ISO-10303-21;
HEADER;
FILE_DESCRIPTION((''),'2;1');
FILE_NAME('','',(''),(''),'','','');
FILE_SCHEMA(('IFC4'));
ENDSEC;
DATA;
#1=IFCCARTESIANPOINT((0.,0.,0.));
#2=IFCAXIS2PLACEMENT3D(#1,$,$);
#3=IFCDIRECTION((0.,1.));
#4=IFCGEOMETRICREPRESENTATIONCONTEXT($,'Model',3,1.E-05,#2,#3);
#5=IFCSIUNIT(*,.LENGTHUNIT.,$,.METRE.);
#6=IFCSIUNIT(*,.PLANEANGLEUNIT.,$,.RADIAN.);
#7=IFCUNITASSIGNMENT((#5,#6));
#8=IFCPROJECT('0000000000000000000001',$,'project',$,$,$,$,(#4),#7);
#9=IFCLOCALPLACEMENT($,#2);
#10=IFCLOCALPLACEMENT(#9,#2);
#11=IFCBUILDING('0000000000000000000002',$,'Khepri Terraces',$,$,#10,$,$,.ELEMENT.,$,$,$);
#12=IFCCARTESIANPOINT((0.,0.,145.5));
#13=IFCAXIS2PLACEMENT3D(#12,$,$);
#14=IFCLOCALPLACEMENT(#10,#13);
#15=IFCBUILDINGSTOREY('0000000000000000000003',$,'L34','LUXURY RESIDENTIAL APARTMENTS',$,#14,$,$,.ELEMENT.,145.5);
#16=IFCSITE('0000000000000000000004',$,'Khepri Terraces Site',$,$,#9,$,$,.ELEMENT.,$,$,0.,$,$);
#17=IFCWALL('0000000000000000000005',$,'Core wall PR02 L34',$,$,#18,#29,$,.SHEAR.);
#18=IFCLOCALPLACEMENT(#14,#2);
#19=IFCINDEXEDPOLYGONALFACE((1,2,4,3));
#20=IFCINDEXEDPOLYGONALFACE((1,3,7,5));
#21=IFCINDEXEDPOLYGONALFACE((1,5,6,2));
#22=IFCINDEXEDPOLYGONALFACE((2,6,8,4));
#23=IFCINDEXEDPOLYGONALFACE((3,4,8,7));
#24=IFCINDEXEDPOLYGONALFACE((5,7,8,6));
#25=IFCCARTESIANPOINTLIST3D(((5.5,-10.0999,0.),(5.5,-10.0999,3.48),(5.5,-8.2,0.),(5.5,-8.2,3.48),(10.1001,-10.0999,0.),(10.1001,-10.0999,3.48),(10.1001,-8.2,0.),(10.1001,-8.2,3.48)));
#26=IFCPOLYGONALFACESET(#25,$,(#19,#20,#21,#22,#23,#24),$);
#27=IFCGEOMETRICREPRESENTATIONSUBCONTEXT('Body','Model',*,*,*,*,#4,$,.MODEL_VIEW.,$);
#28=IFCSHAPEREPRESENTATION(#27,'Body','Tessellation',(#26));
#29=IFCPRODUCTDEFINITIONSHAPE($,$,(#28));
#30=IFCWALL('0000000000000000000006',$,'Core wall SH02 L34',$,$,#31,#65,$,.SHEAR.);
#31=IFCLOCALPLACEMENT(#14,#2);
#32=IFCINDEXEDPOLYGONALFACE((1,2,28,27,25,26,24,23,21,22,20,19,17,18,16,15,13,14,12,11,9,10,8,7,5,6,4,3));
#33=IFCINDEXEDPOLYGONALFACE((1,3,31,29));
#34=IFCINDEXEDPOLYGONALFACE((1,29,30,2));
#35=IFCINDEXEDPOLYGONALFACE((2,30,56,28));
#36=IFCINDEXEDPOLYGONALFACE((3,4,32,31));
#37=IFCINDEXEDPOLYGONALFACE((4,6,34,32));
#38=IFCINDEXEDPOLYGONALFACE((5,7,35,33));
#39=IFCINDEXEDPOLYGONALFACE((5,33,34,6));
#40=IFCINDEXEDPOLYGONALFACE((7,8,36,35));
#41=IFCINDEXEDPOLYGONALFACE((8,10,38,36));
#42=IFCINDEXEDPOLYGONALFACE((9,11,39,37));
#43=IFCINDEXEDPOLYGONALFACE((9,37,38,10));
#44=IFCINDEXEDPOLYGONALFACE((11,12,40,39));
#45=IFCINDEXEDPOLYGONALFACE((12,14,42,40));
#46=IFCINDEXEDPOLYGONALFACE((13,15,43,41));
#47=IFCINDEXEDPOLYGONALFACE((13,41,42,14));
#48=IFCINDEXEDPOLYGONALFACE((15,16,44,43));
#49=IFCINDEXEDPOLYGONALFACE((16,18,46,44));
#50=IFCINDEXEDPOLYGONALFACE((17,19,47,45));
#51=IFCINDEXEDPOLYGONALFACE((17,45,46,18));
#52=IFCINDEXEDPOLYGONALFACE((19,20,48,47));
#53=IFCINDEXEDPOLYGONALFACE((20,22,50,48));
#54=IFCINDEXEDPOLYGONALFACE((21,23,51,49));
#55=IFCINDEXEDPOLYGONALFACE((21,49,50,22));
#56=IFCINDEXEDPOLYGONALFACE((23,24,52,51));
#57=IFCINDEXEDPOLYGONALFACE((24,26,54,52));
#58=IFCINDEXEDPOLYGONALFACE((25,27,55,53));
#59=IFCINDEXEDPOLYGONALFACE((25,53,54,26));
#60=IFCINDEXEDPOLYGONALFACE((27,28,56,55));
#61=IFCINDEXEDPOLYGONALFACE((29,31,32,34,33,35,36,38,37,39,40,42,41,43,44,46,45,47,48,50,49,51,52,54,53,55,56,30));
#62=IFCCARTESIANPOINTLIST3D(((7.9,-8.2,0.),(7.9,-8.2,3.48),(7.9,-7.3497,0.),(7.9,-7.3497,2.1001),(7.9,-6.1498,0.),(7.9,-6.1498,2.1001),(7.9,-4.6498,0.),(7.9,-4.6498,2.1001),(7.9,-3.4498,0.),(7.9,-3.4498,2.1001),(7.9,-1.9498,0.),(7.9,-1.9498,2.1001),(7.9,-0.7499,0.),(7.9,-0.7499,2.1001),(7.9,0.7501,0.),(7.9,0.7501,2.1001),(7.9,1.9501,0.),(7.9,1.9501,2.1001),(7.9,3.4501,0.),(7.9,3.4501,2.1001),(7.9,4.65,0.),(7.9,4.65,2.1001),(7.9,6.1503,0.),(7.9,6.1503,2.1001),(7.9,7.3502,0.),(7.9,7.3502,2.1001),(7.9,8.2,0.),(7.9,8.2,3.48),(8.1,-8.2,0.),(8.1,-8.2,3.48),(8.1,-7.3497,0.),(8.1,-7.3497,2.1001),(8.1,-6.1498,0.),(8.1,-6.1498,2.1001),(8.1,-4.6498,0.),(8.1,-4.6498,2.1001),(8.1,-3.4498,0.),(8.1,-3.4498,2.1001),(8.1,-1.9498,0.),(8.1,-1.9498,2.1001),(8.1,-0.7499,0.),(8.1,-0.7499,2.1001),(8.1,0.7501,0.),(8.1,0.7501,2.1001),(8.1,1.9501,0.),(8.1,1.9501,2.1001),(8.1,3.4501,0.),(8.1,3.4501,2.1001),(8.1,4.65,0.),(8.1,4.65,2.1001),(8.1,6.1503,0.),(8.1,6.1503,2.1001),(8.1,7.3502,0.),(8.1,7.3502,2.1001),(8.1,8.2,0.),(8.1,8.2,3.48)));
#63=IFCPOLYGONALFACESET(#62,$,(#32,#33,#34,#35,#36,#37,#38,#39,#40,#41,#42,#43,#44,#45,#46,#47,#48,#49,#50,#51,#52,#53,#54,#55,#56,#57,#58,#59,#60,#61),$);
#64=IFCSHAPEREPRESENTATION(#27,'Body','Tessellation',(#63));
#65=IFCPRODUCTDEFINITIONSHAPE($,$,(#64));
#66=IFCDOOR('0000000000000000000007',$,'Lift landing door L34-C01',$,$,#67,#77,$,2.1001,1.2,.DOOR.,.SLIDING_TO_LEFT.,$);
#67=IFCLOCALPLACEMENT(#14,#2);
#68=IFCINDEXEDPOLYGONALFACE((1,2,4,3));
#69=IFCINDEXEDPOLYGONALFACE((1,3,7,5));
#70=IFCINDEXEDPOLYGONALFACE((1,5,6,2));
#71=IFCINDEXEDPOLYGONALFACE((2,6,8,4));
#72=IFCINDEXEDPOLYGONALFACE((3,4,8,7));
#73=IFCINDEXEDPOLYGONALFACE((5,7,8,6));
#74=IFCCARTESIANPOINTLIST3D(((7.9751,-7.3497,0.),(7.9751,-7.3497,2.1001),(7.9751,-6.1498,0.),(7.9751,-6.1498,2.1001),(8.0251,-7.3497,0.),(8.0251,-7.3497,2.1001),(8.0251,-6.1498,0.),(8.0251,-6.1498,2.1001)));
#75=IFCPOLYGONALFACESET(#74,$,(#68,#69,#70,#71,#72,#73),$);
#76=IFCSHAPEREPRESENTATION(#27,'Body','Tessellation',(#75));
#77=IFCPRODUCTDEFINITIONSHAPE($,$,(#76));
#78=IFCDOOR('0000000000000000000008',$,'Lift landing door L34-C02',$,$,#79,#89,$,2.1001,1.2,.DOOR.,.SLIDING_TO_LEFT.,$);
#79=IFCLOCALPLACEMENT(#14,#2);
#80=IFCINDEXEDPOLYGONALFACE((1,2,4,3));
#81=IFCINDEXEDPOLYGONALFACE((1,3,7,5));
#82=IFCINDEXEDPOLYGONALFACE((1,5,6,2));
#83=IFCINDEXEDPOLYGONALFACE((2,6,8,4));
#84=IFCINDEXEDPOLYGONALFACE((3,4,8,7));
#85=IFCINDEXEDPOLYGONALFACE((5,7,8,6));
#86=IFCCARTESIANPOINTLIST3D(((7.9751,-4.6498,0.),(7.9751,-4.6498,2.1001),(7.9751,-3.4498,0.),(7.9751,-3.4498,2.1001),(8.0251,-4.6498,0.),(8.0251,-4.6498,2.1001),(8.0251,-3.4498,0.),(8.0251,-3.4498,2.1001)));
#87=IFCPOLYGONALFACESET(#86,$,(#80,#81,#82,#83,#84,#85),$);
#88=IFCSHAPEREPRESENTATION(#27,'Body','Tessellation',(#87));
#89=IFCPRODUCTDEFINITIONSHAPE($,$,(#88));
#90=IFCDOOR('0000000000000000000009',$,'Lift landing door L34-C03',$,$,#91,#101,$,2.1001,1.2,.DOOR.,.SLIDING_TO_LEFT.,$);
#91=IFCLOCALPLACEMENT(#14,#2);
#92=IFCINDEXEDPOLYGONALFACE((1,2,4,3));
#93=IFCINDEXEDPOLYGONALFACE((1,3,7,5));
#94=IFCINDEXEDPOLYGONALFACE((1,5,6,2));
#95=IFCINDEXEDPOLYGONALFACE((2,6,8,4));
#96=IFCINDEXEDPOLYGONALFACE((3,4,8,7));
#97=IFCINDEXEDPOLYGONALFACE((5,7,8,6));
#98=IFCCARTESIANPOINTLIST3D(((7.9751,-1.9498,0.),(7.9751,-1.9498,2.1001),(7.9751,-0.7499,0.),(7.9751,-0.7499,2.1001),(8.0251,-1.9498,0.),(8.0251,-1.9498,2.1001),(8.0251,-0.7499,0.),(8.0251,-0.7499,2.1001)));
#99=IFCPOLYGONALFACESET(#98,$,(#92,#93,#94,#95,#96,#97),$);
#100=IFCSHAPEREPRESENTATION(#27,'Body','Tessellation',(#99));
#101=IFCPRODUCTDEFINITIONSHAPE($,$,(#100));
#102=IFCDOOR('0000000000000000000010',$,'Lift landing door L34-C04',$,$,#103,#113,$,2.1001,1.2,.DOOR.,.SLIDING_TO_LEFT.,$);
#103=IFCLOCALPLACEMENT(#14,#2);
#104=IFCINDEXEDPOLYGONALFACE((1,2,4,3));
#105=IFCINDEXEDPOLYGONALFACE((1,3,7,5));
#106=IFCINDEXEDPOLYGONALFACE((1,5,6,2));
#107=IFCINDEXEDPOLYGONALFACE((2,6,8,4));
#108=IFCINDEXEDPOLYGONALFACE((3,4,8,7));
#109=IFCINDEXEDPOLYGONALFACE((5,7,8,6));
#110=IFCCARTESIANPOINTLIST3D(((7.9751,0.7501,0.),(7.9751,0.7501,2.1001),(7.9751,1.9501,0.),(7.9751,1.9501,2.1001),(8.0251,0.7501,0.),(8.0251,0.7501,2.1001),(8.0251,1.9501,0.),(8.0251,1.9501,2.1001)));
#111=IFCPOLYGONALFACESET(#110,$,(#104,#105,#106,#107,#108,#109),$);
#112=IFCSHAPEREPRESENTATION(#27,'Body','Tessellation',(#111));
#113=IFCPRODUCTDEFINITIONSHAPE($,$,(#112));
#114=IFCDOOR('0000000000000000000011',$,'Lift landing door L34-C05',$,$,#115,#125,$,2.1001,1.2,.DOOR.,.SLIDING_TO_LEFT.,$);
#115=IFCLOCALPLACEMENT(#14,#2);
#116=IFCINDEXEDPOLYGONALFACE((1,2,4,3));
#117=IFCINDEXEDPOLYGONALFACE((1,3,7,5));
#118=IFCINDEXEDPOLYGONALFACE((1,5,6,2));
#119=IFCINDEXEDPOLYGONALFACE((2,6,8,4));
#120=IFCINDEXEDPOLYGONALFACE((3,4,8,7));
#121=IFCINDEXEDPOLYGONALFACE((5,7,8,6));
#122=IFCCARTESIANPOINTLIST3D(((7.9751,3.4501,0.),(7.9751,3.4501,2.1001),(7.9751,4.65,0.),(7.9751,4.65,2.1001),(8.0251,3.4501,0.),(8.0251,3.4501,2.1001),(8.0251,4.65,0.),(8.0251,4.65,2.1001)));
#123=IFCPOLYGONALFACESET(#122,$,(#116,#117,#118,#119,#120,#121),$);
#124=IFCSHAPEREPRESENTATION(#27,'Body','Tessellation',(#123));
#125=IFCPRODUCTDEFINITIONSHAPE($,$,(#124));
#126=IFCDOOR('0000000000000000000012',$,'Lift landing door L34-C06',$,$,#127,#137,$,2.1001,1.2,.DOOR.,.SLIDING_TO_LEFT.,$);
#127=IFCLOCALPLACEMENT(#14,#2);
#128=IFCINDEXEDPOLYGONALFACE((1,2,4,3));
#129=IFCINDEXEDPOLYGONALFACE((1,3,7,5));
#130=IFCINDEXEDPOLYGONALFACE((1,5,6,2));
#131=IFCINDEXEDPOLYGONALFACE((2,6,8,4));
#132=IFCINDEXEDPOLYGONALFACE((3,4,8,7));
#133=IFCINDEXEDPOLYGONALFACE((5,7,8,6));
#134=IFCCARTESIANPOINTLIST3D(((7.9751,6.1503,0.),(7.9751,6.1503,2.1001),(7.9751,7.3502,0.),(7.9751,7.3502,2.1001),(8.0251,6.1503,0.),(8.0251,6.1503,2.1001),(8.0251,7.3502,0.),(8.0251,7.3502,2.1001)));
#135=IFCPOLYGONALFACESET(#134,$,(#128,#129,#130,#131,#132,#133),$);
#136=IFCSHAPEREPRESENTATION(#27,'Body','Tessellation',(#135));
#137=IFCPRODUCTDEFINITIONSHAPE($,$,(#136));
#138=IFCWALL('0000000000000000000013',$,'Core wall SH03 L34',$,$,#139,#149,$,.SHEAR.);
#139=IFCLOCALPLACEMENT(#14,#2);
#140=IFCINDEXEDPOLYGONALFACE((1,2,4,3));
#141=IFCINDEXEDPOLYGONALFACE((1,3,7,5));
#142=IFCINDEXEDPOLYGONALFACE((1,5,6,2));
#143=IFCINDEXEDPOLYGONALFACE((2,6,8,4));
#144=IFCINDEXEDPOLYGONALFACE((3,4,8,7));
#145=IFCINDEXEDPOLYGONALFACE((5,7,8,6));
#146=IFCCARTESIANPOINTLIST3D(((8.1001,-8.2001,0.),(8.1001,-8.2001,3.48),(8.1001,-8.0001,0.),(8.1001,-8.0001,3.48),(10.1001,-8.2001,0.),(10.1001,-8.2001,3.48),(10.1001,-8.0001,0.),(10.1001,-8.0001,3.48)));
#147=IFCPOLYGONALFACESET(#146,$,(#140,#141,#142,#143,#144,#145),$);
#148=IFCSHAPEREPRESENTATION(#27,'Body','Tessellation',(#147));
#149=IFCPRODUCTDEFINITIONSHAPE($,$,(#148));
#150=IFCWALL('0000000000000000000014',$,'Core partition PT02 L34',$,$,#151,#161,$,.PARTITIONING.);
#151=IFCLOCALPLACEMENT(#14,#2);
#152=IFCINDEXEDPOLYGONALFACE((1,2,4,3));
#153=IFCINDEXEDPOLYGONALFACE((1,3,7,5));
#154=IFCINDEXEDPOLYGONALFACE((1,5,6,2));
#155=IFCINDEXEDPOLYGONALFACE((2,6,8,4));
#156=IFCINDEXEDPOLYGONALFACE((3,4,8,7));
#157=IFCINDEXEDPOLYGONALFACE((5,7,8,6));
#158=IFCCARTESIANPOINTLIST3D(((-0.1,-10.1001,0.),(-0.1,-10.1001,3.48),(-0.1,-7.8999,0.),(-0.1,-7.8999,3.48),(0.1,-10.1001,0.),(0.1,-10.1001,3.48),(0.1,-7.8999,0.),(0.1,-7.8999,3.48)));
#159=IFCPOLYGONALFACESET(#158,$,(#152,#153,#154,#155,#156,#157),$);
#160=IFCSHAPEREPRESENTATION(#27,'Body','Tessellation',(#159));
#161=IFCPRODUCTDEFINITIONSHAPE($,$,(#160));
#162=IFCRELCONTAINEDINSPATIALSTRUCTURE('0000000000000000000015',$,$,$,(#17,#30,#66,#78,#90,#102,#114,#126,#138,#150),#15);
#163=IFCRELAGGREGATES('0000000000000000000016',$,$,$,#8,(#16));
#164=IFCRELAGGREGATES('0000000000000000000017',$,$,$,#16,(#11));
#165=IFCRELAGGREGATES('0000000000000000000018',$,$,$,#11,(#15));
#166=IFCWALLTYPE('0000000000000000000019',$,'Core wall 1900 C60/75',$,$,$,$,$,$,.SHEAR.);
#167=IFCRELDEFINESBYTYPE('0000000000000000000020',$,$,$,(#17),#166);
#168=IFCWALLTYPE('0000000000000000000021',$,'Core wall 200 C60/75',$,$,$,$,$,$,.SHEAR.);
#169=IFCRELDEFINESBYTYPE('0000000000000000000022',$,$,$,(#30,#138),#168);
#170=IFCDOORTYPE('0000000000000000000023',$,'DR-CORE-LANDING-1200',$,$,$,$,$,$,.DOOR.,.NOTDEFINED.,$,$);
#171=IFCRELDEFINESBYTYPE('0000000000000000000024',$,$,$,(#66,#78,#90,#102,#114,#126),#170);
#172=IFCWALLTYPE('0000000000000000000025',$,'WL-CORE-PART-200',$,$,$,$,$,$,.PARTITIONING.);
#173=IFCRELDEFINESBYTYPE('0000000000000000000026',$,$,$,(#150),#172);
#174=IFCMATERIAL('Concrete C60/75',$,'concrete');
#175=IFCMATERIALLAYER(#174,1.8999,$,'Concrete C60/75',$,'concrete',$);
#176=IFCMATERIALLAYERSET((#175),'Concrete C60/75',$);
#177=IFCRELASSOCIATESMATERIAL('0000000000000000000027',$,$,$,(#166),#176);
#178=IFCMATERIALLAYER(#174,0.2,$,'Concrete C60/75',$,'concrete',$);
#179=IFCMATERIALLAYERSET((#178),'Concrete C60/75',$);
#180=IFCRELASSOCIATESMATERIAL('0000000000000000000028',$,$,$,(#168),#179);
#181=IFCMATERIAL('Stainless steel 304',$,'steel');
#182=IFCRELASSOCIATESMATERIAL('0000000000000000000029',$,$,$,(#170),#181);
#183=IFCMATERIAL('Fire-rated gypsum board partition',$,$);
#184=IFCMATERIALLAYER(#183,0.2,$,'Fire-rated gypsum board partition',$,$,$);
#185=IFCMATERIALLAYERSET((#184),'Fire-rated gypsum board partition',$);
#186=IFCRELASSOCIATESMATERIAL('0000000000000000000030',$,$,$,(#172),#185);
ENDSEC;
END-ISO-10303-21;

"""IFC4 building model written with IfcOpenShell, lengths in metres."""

from ifc_helpers import new_model, si_unit, direction, frame, frame_2d, origin, place, context, subcontext, project, spatial, rectangle, extrude, material, layer, layer_set, type_object, element, fill, save


model = new_model("IFC4")

# Units and contexts
model_context = context("Model", 3, precision=1e-05, world=origin(), true_north=direction((0.0, 1.0)))
body_context = subcontext(model_context, "Body", "Model", "MODEL_VIEW")
ifc_project = project(units=[si_unit("LENGTHUNIT", "METRE"), si_unit("PLANEANGLEUNIT", "RADIAN")], contexts=[model_context])

# Site, building, storey
site_placement = place(None, origin())
site = spatial("IfcSite", under=ifc_project, at=site_placement, Name="Khepri Terraces Site", CompositionType="ELEMENT", RefElevation=0.0)
building_placement = place(site_placement, origin())
building = spatial("IfcBuilding", under=site, at=building_placement, Name="Khepri Terraces", CompositionType="ELEMENT")
storey_placement = place(building_placement, frame((0.0, 0.0, 145.5)))
storey = spatial("IfcBuildingStorey", under=building, at=storey_placement, Name="L34", Description="LUXURY RESIDENTIAL APARTMENTS", CompositionType="ELEMENT", Elevation=145.5)

# Wall
ifc_material_1 = material(Name="Concrete C60/75", Category="concrete")
ifc_layer_1 = layer(ifc_material_1, 1.8999, Name="Concrete C60/75", Category="concrete")
ifc_layer_set_1 = layer_set([ifc_layer_1], Name="Concrete C60/75")
wall_type_1 = type_object("IfcWallType", Name="Core wall 1900 C60/75", PredefinedType="SHEAR", material=ifc_layer_set_1)
wall_1_placement = place(storey_placement, frame((5.5, -9.1499, 0.0), z_axis=(0.0, 0.0, 1.0), x_axis=(1.0, 0.0, 0.0)))
element("IfcWall", 1, at=wall_1_placement, inside=storey, type_object=wall_type_1, Name="Core wall PR02 L34", PredefinedType="SHEAR", context=body_context, shape_type="SweptSolid", body=[
    extrude(rectangle(XDim=4.6001, YDim=1.8999, at=frame_2d((2.3, 0.0))), origin(), (0.0, 0.0, 1.0), 3.48),
])

# Wall, openings, doors
ifc_layer_2 = layer(ifc_material_1, 0.2, Name="Concrete C60/75", Category="concrete")
ifc_layer_set_2 = layer_set([ifc_layer_2], Name="Concrete C60/75")
wall_type_2 = type_object("IfcWallType", Name="Core wall 200 C60/75", PredefinedType="SHEAR", material=ifc_layer_set_2)
wall_2_placement = place(storey_placement, frame((8.0, -8.2, 0.0), z_axis=(0.0, 0.0, 1.0), x_axis=(0.0, 1.0, 0.0)))
wall_2 = element("IfcWall", 2, at=wall_2_placement, inside=storey, type_object=wall_type_2, Name="Core wall SH02 L34", PredefinedType="SHEAR", context=body_context, shape_type="SweptSolid", body=[
    extrude(rectangle(XDim=16.3999, YDim=0.2, at=frame_2d((8.2, 0.0))), origin(), (0.0, 0.0, 1.0), 3.48),
])
opening_1_placement = place(wall_2_placement, frame((0.8501, 0.0, 0.0)))
opening_1 = element("IfcOpeningElement", 3, at=opening_1_placement, cuts=wall_2, PredefinedType="OPENING", context=body_context, shape_type="SweptSolid", body=[
    extrude(rectangle(XDim=1.2, YDim=2.1001, at=frame_2d((0.6001, 1.05))), frame((0.0, 0.1099, 0.0), z_axis=(0.0, -1.0, 0.0), x_axis=(1.0, 0.0, 0.0)), (0.0, 0.0, 1.0), 0.22),
])
opening_2_placement = place(wall_2_placement, frame((3.55, 0.0, 0.0)))
opening_2 = element("IfcOpeningElement", 4, at=opening_2_placement, cuts=wall_2, PredefinedType="OPENING", context=body_context, shape_type="SweptSolid", body=[
    extrude(rectangle(XDim=1.2, YDim=2.1001, at=frame_2d((0.6001, 1.05))), frame((0.0, 0.1099, 0.0), z_axis=(0.0, -1.0, 0.0), x_axis=(1.0, 0.0, 0.0)), (0.0, 0.0, 1.0), 0.22),
])
opening_3_placement = place(wall_2_placement, frame((6.25, 0.0, 0.0)))
opening_3 = element("IfcOpeningElement", 5, at=opening_3_placement, cuts=wall_2, PredefinedType="OPENING", context=body_context, shape_type="SweptSolid", body=[
    extrude(rectangle(XDim=1.2, YDim=2.1001, at=frame_2d((0.6001, 1.05))), frame((0.0, 0.1099, 0.0), z_axis=(0.0, -1.0, 0.0), x_axis=(1.0, 0.0, 0.0)), (0.0, 0.0, 1.0), 0.22),
])
opening_4_placement = place(wall_2_placement, frame((8.95, 0.0, 0.0)))
opening_4 = element("IfcOpeningElement", 6, at=opening_4_placement, cuts=wall_2, PredefinedType="OPENING", context=body_context, shape_type="SweptSolid", body=[
    extrude(rectangle(XDim=1.2, YDim=2.1001, at=frame_2d((0.6001, 1.05))), frame((0.0, 0.1099, 0.0), z_axis=(0.0, -1.0, 0.0), x_axis=(1.0, 0.0, 0.0)), (0.0, 0.0, 1.0), 0.22),
])
opening_5_placement = place(wall_2_placement, frame((11.6499, 0.0, 0.0)))
opening_5 = element("IfcOpeningElement", 7, at=opening_5_placement, cuts=wall_2, PredefinedType="OPENING", context=body_context, shape_type="SweptSolid", body=[
    extrude(rectangle(XDim=1.2, YDim=2.1001, at=frame_2d((0.6001, 1.05))), frame((0.0, 0.1099, 0.0), z_axis=(0.0, -1.0, 0.0), x_axis=(1.0, 0.0, 0.0)), (0.0, 0.0, 1.0), 0.22),
])
opening_6_placement = place(wall_2_placement, frame((14.3501, 0.0, 0.0)))
opening_6 = element("IfcOpeningElement", 8, at=opening_6_placement, cuts=wall_2, PredefinedType="OPENING", context=body_context, shape_type="SweptSolid", body=[
    extrude(rectangle(XDim=1.2, YDim=2.1001, at=frame_2d((0.6001, 1.05))), frame((0.0, 0.1099, 0.0), z_axis=(0.0, -1.0, 0.0), x_axis=(1.0, 0.0, 0.0)), (0.0, 0.0, 1.0), 0.22),
])
ifc_material_2 = material(Name="Stainless steel 304", Category="steel")
door_type_1 = type_object("IfcDoorType", Name="DR-CORE-LANDING-1200", OperationType="NOTDEFINED", PredefinedType="DOOR", material=ifc_material_2)
door_1_placement = place(opening_1_placement, origin())
door_1 = element("IfcDoor", 9, at=door_1_placement, inside=storey, type_object=door_type_1, Name="Lift landing door L34-C01", OperationType="SLIDING_TO_LEFT", OverallHeight=2.1001, OverallWidth=1.2, PredefinedType="DOOR", context=body_context, shape_type="SweptSolid", body=[
    extrude(rectangle(XDim=1.2, YDim=2.1001, at=frame_2d((0.6001, 1.05))), frame((0.0, 0.0249, 0.0), z_axis=(0.0, -1.0, 0.0), x_axis=(1.0, 0.0, 0.0)), (0.0, 0.0, 1.0), 0.05),
])
fill(opening_1, door_1)
door_2_placement = place(opening_2_placement, origin())
door_2 = element("IfcDoor", 10, at=door_2_placement, inside=storey, type_object=door_type_1, Name="Lift landing door L34-C02", OperationType="SLIDING_TO_LEFT", OverallHeight=2.1001, OverallWidth=1.2, PredefinedType="DOOR", context=body_context, shape_type="SweptSolid", body=[
    extrude(rectangle(XDim=1.2, YDim=2.1001, at=frame_2d((0.6001, 1.05))), frame((0.0, 0.0249, 0.0), z_axis=(0.0, -1.0, 0.0), x_axis=(1.0, 0.0, 0.0)), (0.0, 0.0, 1.0), 0.05),
])
fill(opening_2, door_2)
door_3_placement = place(opening_3_placement, origin())
door_3 = element("IfcDoor", 11, at=door_3_placement, inside=storey, type_object=door_type_1, Name="Lift landing door L34-C03", OperationType="SLIDING_TO_LEFT", OverallHeight=2.1001, OverallWidth=1.2, PredefinedType="DOOR", context=body_context, shape_type="SweptSolid", body=[
    extrude(rectangle(XDim=1.2, YDim=2.1001, at=frame_2d((0.6001, 1.05))), frame((0.0, 0.0249, 0.0), z_axis=(0.0, -1.0, 0.0), x_axis=(1.0, 0.0, 0.0)), (0.0, 0.0, 1.0), 0.05),
])
fill(opening_3, door_3)
door_4_placement = place(opening_4_placement, origin())
door_4 = element("IfcDoor", 12, at=door_4_placement, inside=storey, type_object=door_type_1, Name="Lift landing door L34-C04", OperationType="SLIDING_TO_LEFT", OverallHeight=2.1001, OverallWidth=1.2, PredefinedType="DOOR", context=body_context, shape_type="SweptSolid", body=[
    extrude(rectangle(XDim=1.2, YDim=2.1001, at=frame_2d((0.6001, 1.05))), frame((0.0, 0.0249, 0.0), z_axis=(0.0, -1.0, 0.0), x_axis=(1.0, 0.0, 0.0)), (0.0, 0.0, 1.0), 0.05),
])
fill(opening_4, door_4)
door_5_placement = place(opening_5_placement, origin())
door_5 = element("IfcDoor", 13, at=door_5_placement, inside=storey, type_object=door_type_1, Name="Lift landing door L34-C05", OperationType="SLIDING_TO_LEFT", OverallHeight=2.1001, OverallWidth=1.2, PredefinedType="DOOR", context=body_context, shape_type="SweptSolid", body=[
    extrude(rectangle(XDim=1.2, YDim=2.1001, at=frame_2d((0.6001, 1.05))), frame((0.0, 0.0249, 0.0), z_axis=(0.0, -1.0, 0.0), x_axis=(1.0, 0.0, 0.0)), (0.0, 0.0, 1.0), 0.05),
])
fill(opening_5, door_5)
door_6_placement = place(opening_6_placement, origin())
door_6 = element("IfcDoor", 14, at=door_6_placement, inside=storey, type_object=door_type_1, Name="Lift landing door L34-C06", OperationType="SLIDING_TO_LEFT", OverallHeight=2.1001, OverallWidth=1.2, PredefinedType="DOOR", context=body_context, shape_type="SweptSolid", body=[
    extrude(rectangle(XDim=1.2, YDim=2.1001, at=frame_2d((0.6001, 1.05))), frame((0.0, 0.0249, 0.0), z_axis=(0.0, -1.0, 0.0), x_axis=(1.0, 0.0, 0.0)), (0.0, 0.0, 1.0), 0.05),
])
fill(opening_6, door_6)

# Walls
wall_3_placement = place(storey_placement, frame((8.1001, -8.1001, 0.0), z_axis=(0.0, 0.0, 1.0), x_axis=(1.0, 0.0, 0.0)))
element("IfcWall", 15, at=wall_3_placement, inside=storey, type_object=wall_type_2, Name="Core wall SH03 L34", PredefinedType="SHEAR", context=body_context, shape_type="SweptSolid", body=[
    extrude(rectangle(XDim=2.0, YDim=0.2, at=frame_2d((1.0, 0.0))), origin(), (0.0, 0.0, 1.0), 3.48),
])
ifc_material_3 = material(Name="Fire-rated gypsum board partition")
ifc_layer_3 = layer(ifc_material_3, 0.2, Name="Fire-rated gypsum board partition")
ifc_layer_set_3 = layer_set([ifc_layer_3], Name="Fire-rated gypsum board partition")
wall_type_3 = type_object("IfcWallType", Name="WL-CORE-PART-200", PredefinedType="PARTITIONING", material=ifc_layer_set_3)
wall_4_placement = place(storey_placement, frame((0.0, -10.1001, 0.0), z_axis=(0.0, 0.0, 1.0), x_axis=(0.0, 1.0, 0.0)))
element("IfcWall", 16, at=wall_4_placement, inside=storey, type_object=wall_type_3, Name="Core partition PT02 L34", PredefinedType="PARTITIONING", context=body_context, shape_type="SweptSolid", body=[
    extrude(rectangle(XDim=2.2002, YDim=0.2, at=frame_2d((1.1001, 0.0))), origin(), (0.0, 0.0, 1.0), 3.48),
])

save(model, "model.ifc")
